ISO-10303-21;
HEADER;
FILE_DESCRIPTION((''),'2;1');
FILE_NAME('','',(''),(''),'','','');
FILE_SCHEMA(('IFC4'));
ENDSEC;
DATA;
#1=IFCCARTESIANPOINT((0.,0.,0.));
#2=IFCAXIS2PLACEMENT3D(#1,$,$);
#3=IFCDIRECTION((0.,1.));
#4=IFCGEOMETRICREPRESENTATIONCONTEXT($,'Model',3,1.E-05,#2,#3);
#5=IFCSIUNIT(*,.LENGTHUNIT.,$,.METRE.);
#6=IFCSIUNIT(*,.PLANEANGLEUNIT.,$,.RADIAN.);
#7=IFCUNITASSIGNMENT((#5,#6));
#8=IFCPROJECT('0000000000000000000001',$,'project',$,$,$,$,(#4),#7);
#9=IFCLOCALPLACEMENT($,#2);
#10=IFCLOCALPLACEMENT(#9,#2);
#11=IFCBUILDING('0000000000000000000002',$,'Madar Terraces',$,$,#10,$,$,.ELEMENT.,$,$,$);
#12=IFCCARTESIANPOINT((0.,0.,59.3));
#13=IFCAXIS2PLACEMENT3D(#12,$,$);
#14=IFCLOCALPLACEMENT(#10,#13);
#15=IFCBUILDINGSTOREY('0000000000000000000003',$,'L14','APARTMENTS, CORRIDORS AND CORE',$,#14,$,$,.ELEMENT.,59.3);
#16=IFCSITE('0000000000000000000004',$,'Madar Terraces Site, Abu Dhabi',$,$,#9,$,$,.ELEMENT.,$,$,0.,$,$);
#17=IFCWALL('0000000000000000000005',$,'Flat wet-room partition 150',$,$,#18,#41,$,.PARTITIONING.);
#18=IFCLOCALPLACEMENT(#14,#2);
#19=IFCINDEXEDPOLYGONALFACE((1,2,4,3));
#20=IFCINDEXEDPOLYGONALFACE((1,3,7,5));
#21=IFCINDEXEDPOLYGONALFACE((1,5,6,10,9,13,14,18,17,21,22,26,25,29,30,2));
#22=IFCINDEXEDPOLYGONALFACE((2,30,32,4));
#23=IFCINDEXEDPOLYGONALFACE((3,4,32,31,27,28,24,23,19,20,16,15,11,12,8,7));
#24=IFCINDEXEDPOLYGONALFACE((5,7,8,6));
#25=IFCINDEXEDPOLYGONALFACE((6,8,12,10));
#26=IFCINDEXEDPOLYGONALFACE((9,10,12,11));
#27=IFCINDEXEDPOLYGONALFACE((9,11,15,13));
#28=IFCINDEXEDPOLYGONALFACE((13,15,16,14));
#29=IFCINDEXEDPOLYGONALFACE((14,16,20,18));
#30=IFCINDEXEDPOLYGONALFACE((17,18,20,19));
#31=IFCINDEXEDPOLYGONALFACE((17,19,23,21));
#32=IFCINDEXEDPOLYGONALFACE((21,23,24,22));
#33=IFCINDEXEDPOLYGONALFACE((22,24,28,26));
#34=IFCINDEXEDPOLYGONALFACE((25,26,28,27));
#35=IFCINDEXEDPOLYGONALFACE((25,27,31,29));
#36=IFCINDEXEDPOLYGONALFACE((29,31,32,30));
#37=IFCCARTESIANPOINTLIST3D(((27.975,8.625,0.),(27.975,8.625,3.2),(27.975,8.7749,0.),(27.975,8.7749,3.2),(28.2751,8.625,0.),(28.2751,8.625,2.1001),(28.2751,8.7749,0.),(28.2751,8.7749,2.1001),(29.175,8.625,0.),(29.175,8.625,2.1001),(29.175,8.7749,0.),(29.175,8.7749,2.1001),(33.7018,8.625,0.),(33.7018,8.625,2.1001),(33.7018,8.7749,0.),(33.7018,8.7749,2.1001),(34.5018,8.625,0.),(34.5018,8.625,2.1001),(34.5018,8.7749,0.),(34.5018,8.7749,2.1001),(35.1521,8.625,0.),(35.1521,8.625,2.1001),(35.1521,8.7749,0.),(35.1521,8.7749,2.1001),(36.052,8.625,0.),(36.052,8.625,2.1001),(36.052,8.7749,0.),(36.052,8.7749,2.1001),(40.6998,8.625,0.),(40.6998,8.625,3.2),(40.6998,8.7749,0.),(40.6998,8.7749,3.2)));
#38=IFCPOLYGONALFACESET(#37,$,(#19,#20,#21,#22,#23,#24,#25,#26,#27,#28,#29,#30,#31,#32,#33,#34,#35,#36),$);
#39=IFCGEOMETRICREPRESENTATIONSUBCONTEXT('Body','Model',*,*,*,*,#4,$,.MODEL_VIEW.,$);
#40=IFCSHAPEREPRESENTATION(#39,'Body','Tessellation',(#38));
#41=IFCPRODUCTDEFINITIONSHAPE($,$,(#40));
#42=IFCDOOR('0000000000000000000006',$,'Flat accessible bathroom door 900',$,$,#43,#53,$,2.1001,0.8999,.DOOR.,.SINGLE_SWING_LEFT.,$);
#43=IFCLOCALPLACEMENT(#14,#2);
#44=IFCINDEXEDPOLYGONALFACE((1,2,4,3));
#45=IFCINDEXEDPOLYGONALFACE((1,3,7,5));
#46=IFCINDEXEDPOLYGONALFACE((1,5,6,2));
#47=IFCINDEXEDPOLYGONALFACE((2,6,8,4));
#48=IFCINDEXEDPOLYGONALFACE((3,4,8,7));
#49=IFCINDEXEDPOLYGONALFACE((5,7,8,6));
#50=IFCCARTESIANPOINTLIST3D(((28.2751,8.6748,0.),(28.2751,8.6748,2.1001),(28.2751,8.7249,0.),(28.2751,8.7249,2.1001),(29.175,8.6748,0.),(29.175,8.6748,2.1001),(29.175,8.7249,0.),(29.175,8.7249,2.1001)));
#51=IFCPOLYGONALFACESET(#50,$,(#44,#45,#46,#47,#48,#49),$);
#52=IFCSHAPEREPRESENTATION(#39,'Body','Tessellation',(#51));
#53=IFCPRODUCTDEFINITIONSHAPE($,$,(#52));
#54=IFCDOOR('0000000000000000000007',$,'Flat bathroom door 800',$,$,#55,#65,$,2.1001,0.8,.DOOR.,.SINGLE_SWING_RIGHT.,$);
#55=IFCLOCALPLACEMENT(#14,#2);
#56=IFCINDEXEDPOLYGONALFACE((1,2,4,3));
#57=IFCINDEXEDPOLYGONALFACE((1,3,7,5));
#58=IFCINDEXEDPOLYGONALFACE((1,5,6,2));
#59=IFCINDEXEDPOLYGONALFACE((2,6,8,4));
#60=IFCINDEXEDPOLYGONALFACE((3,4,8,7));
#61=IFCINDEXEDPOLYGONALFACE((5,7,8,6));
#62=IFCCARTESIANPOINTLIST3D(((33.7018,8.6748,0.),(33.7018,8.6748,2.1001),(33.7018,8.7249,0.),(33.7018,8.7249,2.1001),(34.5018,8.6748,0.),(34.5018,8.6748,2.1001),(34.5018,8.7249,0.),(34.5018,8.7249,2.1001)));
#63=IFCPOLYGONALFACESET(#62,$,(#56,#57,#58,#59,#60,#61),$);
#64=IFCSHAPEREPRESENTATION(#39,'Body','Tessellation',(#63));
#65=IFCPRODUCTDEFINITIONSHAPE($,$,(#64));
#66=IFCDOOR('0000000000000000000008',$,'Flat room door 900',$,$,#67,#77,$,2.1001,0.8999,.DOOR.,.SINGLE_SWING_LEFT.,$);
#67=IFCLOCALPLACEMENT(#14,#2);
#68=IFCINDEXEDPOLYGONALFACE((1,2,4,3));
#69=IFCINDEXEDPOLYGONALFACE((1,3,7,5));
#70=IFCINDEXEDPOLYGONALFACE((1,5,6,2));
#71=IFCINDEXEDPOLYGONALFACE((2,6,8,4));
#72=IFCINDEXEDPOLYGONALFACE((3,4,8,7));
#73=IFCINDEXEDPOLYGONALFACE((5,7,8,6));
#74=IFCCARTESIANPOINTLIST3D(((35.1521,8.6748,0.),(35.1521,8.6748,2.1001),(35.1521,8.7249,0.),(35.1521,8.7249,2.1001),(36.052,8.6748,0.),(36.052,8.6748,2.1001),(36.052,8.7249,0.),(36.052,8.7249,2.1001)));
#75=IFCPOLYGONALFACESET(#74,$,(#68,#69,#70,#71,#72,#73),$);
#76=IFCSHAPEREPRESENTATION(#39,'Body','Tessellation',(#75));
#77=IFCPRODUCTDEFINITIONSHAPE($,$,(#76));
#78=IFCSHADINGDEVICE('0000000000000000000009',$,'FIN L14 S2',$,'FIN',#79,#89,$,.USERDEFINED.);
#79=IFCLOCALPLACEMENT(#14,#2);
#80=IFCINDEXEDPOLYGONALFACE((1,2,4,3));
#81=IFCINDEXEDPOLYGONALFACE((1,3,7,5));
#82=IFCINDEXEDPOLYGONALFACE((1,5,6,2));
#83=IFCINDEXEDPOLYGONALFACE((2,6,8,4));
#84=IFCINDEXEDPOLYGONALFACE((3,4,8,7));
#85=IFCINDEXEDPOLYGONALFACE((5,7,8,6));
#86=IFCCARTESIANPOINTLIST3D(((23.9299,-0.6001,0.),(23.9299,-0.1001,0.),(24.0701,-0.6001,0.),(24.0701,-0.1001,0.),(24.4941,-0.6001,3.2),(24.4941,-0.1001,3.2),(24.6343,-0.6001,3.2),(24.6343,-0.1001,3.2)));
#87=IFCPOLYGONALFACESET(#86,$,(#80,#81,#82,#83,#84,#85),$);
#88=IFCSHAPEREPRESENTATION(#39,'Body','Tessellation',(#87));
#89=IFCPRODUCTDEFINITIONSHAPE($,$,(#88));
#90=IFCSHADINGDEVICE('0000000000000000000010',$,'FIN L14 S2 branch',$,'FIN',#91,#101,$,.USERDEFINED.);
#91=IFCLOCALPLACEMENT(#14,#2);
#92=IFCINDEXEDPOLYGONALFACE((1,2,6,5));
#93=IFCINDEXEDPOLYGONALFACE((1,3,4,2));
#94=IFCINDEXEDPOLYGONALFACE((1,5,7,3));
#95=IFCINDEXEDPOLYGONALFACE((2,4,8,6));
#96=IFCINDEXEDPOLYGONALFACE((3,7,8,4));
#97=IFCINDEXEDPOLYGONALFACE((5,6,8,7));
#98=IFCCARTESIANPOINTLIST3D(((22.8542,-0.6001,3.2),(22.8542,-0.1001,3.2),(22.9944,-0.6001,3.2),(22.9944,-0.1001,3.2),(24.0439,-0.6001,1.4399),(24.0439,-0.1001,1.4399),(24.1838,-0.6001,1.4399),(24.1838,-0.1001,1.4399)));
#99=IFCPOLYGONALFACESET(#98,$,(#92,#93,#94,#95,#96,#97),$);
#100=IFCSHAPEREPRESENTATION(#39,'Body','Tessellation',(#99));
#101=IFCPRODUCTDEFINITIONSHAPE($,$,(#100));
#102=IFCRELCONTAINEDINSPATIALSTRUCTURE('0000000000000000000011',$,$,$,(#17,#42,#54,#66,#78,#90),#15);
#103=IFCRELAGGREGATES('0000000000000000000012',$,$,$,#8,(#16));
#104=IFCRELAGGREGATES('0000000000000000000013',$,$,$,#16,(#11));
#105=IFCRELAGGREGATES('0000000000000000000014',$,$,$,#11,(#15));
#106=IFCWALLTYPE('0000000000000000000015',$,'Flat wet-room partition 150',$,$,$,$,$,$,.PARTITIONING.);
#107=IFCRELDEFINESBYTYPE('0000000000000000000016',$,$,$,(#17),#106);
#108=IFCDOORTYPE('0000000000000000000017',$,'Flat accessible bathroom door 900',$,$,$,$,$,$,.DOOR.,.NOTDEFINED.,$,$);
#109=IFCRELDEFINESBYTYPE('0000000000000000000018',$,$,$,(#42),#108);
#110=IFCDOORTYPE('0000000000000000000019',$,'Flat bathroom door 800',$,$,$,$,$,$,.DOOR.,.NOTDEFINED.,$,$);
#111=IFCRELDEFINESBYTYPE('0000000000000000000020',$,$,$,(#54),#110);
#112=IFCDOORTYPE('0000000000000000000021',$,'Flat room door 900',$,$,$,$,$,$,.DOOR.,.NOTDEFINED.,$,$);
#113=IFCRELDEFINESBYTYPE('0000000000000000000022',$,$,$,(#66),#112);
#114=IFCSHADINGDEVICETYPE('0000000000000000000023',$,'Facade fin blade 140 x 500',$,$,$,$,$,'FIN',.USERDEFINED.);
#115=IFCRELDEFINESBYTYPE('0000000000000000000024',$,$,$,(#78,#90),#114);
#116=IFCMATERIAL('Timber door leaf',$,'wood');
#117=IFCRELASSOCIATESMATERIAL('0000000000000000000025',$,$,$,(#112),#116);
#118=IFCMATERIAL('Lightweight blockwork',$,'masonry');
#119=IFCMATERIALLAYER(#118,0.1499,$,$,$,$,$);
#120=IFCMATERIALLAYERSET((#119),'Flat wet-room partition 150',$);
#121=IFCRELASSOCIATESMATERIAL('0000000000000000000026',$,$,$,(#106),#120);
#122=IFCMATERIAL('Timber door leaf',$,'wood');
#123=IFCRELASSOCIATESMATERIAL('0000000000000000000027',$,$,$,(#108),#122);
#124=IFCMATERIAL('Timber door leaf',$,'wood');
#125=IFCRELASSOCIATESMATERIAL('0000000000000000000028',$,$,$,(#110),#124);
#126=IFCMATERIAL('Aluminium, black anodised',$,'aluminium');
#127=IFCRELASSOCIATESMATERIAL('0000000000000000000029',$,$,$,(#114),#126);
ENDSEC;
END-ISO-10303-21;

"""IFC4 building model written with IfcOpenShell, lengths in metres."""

from ifc_helpers import new_model, si_unit, direction, frame, frame_2d, origin, place, context, subcontext, project, spatial, polyline, rectangle, outline, extrude, material, layer, layer_set, type_object, element, fill, save


model = new_model("IFC4")

# Units and contexts
model_context = context("Model", 3, precision=1e-05, world=origin(), true_north=direction((0.0, 1.0)))
body_context = subcontext(model_context, "Body", "Model", "MODEL_VIEW")
ifc_project = project(units=[si_unit("LENGTHUNIT", "METRE"), si_unit("PLANEANGLEUNIT", "RADIAN")], contexts=[model_context])

# Site, building, storey
site_placement = place(None, origin())
site = spatial("IfcSite", under=ifc_project, at=site_placement, Name="Madar Terraces Site, Abu Dhabi", CompositionType="ELEMENT", RefElevation=0.0)
building_placement = place(site_placement, origin())
building = spatial("IfcBuilding", under=site, at=building_placement, Name="Madar Terraces", CompositionType="ELEMENT")
storey_placement = place(building_placement, frame((0.0, 0.0, 59.3)))
storey = spatial("IfcBuildingStorey", under=building, at=storey_placement, Name="L14", Description="APARTMENTS, CORRIDORS AND CORE", CompositionType="ELEMENT", Elevation=59.3)

# Shared definitions
ifc_material_1 = material(Name="Timber door leaf", Category="wood")
door_type_1 = type_object("IfcDoorType", Name="Flat room door 900", OperationType="NOTDEFINED", PredefinedType="DOOR", material=ifc_material_1)

# Wall, openings, doors
ifc_material_2 = material(Name="Lightweight blockwork", Category="masonry")
ifc_layer_1 = layer(ifc_material_2, 0.1499)
ifc_layer_set_1 = layer_set([ifc_layer_1], Name="Flat wet-room partition 150")
wall_type_1 = type_object("IfcWallType", Name="Flat wet-room partition 150", PredefinedType="PARTITIONING", material=ifc_layer_set_1)
wall_1_placement = place(storey_placement, frame((27.9751, 8.7, 0.0), z_axis=(0.0, 0.0, 1.0), x_axis=(1.0, 0.0, 0.0)))
wall_1 = element("IfcWall", 1, at=wall_1_placement, inside=storey, type_object=wall_type_1, Name="Flat wet-room partition 150", PredefinedType="PARTITIONING", context=body_context, shape_type="SweptSolid", body=[
    extrude(rectangle(XDim=12.7249, YDim=0.1499, at=frame_2d((6.3623, 0.0))), origin(), (0.0, 0.0, 1.0), 3.2),
])
opening_1_placement = place(wall_1_placement, frame((0.3, 0.0, 0.0)))
opening_1 = element("IfcOpeningElement", 2, at=opening_1_placement, cuts=wall_1, PredefinedType="OPENING", context=body_context, shape_type="SweptSolid", body=[
    extrude(rectangle(XDim=0.8999, YDim=2.1001, at=frame_2d((0.45, 1.05))), frame((0.0, 0.085, 0.0), z_axis=(0.0, -1.0, 0.0), x_axis=(1.0, 0.0, 0.0)), (0.0, 0.0, 1.0), 0.1699),
])
opening_2_placement = place(wall_1_placement, frame((5.7268, 0.0, 0.0)))
opening_2 = element("IfcOpeningElement", 3, at=opening_2_placement, cuts=wall_1, PredefinedType="OPENING", context=body_context, shape_type="SweptSolid", body=[
    extrude(rectangle(XDim=0.8, YDim=2.1001, at=frame_2d((0.3999, 1.05))), frame((0.0, 0.085, 0.0), z_axis=(0.0, -1.0, 0.0), x_axis=(1.0, 0.0, 0.0)), (0.0, 0.0, 1.0), 0.1699),
])
opening_3_placement = place(wall_1_placement, frame((7.177, 0.0, 0.0)))
opening_3 = element("IfcOpeningElement", 4, at=opening_3_placement, cuts=wall_1, PredefinedType="OPENING", context=body_context, shape_type="SweptSolid", body=[
    extrude(rectangle(XDim=0.8999, YDim=2.1001, at=frame_2d((0.45, 1.05))), frame((0.0, 0.085, 0.0), z_axis=(0.0, -1.0, 0.0), x_axis=(1.0, 0.0, 0.0)), (0.0, 0.0, 1.0), 0.1699),
])
ifc_material_3 = material(Name="Timber door leaf", Category="wood")
door_type_2 = type_object("IfcDoorType", Name="Flat accessible bathroom door 900", OperationType="NOTDEFINED", PredefinedType="DOOR", material=ifc_material_3)
door_1_placement = place(opening_1_placement, origin())
door_1 = element("IfcDoor", 5, at=door_1_placement, inside=storey, type_object=door_type_2, Name="Flat accessible bathroom door 900", OperationType="SINGLE_SWING_LEFT", OverallHeight=2.1001, OverallWidth=0.8999, PredefinedType="DOOR", context=body_context, shape_type="SweptSolid", body=[
    extrude(rectangle(XDim=0.8999, YDim=2.1001, at=frame_2d((0.45, 1.05))), frame((0.0, 0.0249, 0.0), z_axis=(0.0, -1.0, 0.0), x_axis=(1.0, 0.0, 0.0)), (0.0, 0.0, 1.0), 0.05),
])
fill(opening_1, door_1)
ifc_material_4 = material(Name="Timber door leaf", Category="wood")
door_type_3 = type_object("IfcDoorType", Name="Flat bathroom door 800", OperationType="NOTDEFINED", PredefinedType="DOOR", material=ifc_material_4)
door_2_placement = place(opening_2_placement, origin())
door_2 = element("IfcDoor", 6, at=door_2_placement, inside=storey, type_object=door_type_3, Name="Flat bathroom door 800", OperationType="SINGLE_SWING_RIGHT", OverallHeight=2.1001, OverallWidth=0.8, PredefinedType="DOOR", context=body_context, shape_type="SweptSolid", body=[
    extrude(rectangle(XDim=0.8, YDim=2.1001, at=frame_2d((0.3999, 1.05))), frame((0.0, 0.0249, 0.0), z_axis=(0.0, -1.0, 0.0), x_axis=(1.0, 0.0, 0.0)), (0.0, 0.0, 1.0), 0.05),
])
fill(opening_2, door_2)
door_3_placement = place(opening_3_placement, origin())
door_3 = element("IfcDoor", 7, at=door_3_placement, inside=storey, type_object=door_type_1, Name="Flat room door 900", OperationType="SINGLE_SWING_LEFT", OverallHeight=2.1001, OverallWidth=0.8999, PredefinedType="DOOR", context=body_context, shape_type="SweptSolid", body=[
    extrude(rectangle(XDim=0.8999, YDim=2.1001, at=frame_2d((0.45, 1.05))), frame((0.0, 0.0249, 0.0), z_axis=(0.0, -1.0, 0.0), x_axis=(1.0, 0.0, 0.0)), (0.0, 0.0, 1.0), 0.05),
])
fill(opening_3, door_3)

# Shading devices
ifc_material_5 = material(Name="Aluminium, black anodised", Category="aluminium")
shading_device_type = type_object("IfcShadingDeviceType", Name="Facade fin blade 140 x 500", ElementType="FIN", PredefinedType="USERDEFINED", material=ifc_material_5)
shading_device_1_placement = place(storey_placement, frame((23.9299, -0.3501, 0.0), z_axis=(0.0, 0.0, 1.0), x_axis=(1.0, 0.0, 0.0)))
element("IfcShadingDevice", 8, at=shading_device_1_placement, inside=storey, type_object=shading_device_type, Name="FIN L14 S2", ObjectType="FIN", PredefinedType="USERDEFINED", context=body_context, shape_type="SweptSolid", body=[
    extrude(outline(polyline([(0.0, 0.0), (0.1401, 0.0), (0.7043, 3.2), (0.5642, 3.2), (0.0, 0.0)])), frame((0.0, 0.25, 0.0), z_axis=(0.0, -1.0, 0.0), x_axis=(1.0, 0.0, 0.0)), (0.0, 0.0, 1.0), 0.5),
])
shading_device_2_placement = place(storey_placement, frame((24.0439, -0.3501, 1.4399), z_axis=(0.0, 0.0, 1.0), x_axis=(1.0, 0.0, 0.0)))
element("IfcShadingDevice", 9, at=shading_device_2_placement, inside=storey, type_object=shading_device_type, Name="FIN L14 S2 branch", ObjectType="FIN", PredefinedType="USERDEFINED", context=body_context, shape_type="SweptSolid", body=[
    extrude(outline(polyline([(0.0, 0.0), (0.1399, 0.0), (-1.0496, 1.76), (-1.1897, 1.76), (0.0, 0.0)])), frame((0.0, 0.25, 0.0), z_axis=(0.0, -1.0, 0.0), x_axis=(1.0, 0.0, 0.0)), (0.0, 0.0, 1.0), 0.5),
])

save(model, "model.ifc")
